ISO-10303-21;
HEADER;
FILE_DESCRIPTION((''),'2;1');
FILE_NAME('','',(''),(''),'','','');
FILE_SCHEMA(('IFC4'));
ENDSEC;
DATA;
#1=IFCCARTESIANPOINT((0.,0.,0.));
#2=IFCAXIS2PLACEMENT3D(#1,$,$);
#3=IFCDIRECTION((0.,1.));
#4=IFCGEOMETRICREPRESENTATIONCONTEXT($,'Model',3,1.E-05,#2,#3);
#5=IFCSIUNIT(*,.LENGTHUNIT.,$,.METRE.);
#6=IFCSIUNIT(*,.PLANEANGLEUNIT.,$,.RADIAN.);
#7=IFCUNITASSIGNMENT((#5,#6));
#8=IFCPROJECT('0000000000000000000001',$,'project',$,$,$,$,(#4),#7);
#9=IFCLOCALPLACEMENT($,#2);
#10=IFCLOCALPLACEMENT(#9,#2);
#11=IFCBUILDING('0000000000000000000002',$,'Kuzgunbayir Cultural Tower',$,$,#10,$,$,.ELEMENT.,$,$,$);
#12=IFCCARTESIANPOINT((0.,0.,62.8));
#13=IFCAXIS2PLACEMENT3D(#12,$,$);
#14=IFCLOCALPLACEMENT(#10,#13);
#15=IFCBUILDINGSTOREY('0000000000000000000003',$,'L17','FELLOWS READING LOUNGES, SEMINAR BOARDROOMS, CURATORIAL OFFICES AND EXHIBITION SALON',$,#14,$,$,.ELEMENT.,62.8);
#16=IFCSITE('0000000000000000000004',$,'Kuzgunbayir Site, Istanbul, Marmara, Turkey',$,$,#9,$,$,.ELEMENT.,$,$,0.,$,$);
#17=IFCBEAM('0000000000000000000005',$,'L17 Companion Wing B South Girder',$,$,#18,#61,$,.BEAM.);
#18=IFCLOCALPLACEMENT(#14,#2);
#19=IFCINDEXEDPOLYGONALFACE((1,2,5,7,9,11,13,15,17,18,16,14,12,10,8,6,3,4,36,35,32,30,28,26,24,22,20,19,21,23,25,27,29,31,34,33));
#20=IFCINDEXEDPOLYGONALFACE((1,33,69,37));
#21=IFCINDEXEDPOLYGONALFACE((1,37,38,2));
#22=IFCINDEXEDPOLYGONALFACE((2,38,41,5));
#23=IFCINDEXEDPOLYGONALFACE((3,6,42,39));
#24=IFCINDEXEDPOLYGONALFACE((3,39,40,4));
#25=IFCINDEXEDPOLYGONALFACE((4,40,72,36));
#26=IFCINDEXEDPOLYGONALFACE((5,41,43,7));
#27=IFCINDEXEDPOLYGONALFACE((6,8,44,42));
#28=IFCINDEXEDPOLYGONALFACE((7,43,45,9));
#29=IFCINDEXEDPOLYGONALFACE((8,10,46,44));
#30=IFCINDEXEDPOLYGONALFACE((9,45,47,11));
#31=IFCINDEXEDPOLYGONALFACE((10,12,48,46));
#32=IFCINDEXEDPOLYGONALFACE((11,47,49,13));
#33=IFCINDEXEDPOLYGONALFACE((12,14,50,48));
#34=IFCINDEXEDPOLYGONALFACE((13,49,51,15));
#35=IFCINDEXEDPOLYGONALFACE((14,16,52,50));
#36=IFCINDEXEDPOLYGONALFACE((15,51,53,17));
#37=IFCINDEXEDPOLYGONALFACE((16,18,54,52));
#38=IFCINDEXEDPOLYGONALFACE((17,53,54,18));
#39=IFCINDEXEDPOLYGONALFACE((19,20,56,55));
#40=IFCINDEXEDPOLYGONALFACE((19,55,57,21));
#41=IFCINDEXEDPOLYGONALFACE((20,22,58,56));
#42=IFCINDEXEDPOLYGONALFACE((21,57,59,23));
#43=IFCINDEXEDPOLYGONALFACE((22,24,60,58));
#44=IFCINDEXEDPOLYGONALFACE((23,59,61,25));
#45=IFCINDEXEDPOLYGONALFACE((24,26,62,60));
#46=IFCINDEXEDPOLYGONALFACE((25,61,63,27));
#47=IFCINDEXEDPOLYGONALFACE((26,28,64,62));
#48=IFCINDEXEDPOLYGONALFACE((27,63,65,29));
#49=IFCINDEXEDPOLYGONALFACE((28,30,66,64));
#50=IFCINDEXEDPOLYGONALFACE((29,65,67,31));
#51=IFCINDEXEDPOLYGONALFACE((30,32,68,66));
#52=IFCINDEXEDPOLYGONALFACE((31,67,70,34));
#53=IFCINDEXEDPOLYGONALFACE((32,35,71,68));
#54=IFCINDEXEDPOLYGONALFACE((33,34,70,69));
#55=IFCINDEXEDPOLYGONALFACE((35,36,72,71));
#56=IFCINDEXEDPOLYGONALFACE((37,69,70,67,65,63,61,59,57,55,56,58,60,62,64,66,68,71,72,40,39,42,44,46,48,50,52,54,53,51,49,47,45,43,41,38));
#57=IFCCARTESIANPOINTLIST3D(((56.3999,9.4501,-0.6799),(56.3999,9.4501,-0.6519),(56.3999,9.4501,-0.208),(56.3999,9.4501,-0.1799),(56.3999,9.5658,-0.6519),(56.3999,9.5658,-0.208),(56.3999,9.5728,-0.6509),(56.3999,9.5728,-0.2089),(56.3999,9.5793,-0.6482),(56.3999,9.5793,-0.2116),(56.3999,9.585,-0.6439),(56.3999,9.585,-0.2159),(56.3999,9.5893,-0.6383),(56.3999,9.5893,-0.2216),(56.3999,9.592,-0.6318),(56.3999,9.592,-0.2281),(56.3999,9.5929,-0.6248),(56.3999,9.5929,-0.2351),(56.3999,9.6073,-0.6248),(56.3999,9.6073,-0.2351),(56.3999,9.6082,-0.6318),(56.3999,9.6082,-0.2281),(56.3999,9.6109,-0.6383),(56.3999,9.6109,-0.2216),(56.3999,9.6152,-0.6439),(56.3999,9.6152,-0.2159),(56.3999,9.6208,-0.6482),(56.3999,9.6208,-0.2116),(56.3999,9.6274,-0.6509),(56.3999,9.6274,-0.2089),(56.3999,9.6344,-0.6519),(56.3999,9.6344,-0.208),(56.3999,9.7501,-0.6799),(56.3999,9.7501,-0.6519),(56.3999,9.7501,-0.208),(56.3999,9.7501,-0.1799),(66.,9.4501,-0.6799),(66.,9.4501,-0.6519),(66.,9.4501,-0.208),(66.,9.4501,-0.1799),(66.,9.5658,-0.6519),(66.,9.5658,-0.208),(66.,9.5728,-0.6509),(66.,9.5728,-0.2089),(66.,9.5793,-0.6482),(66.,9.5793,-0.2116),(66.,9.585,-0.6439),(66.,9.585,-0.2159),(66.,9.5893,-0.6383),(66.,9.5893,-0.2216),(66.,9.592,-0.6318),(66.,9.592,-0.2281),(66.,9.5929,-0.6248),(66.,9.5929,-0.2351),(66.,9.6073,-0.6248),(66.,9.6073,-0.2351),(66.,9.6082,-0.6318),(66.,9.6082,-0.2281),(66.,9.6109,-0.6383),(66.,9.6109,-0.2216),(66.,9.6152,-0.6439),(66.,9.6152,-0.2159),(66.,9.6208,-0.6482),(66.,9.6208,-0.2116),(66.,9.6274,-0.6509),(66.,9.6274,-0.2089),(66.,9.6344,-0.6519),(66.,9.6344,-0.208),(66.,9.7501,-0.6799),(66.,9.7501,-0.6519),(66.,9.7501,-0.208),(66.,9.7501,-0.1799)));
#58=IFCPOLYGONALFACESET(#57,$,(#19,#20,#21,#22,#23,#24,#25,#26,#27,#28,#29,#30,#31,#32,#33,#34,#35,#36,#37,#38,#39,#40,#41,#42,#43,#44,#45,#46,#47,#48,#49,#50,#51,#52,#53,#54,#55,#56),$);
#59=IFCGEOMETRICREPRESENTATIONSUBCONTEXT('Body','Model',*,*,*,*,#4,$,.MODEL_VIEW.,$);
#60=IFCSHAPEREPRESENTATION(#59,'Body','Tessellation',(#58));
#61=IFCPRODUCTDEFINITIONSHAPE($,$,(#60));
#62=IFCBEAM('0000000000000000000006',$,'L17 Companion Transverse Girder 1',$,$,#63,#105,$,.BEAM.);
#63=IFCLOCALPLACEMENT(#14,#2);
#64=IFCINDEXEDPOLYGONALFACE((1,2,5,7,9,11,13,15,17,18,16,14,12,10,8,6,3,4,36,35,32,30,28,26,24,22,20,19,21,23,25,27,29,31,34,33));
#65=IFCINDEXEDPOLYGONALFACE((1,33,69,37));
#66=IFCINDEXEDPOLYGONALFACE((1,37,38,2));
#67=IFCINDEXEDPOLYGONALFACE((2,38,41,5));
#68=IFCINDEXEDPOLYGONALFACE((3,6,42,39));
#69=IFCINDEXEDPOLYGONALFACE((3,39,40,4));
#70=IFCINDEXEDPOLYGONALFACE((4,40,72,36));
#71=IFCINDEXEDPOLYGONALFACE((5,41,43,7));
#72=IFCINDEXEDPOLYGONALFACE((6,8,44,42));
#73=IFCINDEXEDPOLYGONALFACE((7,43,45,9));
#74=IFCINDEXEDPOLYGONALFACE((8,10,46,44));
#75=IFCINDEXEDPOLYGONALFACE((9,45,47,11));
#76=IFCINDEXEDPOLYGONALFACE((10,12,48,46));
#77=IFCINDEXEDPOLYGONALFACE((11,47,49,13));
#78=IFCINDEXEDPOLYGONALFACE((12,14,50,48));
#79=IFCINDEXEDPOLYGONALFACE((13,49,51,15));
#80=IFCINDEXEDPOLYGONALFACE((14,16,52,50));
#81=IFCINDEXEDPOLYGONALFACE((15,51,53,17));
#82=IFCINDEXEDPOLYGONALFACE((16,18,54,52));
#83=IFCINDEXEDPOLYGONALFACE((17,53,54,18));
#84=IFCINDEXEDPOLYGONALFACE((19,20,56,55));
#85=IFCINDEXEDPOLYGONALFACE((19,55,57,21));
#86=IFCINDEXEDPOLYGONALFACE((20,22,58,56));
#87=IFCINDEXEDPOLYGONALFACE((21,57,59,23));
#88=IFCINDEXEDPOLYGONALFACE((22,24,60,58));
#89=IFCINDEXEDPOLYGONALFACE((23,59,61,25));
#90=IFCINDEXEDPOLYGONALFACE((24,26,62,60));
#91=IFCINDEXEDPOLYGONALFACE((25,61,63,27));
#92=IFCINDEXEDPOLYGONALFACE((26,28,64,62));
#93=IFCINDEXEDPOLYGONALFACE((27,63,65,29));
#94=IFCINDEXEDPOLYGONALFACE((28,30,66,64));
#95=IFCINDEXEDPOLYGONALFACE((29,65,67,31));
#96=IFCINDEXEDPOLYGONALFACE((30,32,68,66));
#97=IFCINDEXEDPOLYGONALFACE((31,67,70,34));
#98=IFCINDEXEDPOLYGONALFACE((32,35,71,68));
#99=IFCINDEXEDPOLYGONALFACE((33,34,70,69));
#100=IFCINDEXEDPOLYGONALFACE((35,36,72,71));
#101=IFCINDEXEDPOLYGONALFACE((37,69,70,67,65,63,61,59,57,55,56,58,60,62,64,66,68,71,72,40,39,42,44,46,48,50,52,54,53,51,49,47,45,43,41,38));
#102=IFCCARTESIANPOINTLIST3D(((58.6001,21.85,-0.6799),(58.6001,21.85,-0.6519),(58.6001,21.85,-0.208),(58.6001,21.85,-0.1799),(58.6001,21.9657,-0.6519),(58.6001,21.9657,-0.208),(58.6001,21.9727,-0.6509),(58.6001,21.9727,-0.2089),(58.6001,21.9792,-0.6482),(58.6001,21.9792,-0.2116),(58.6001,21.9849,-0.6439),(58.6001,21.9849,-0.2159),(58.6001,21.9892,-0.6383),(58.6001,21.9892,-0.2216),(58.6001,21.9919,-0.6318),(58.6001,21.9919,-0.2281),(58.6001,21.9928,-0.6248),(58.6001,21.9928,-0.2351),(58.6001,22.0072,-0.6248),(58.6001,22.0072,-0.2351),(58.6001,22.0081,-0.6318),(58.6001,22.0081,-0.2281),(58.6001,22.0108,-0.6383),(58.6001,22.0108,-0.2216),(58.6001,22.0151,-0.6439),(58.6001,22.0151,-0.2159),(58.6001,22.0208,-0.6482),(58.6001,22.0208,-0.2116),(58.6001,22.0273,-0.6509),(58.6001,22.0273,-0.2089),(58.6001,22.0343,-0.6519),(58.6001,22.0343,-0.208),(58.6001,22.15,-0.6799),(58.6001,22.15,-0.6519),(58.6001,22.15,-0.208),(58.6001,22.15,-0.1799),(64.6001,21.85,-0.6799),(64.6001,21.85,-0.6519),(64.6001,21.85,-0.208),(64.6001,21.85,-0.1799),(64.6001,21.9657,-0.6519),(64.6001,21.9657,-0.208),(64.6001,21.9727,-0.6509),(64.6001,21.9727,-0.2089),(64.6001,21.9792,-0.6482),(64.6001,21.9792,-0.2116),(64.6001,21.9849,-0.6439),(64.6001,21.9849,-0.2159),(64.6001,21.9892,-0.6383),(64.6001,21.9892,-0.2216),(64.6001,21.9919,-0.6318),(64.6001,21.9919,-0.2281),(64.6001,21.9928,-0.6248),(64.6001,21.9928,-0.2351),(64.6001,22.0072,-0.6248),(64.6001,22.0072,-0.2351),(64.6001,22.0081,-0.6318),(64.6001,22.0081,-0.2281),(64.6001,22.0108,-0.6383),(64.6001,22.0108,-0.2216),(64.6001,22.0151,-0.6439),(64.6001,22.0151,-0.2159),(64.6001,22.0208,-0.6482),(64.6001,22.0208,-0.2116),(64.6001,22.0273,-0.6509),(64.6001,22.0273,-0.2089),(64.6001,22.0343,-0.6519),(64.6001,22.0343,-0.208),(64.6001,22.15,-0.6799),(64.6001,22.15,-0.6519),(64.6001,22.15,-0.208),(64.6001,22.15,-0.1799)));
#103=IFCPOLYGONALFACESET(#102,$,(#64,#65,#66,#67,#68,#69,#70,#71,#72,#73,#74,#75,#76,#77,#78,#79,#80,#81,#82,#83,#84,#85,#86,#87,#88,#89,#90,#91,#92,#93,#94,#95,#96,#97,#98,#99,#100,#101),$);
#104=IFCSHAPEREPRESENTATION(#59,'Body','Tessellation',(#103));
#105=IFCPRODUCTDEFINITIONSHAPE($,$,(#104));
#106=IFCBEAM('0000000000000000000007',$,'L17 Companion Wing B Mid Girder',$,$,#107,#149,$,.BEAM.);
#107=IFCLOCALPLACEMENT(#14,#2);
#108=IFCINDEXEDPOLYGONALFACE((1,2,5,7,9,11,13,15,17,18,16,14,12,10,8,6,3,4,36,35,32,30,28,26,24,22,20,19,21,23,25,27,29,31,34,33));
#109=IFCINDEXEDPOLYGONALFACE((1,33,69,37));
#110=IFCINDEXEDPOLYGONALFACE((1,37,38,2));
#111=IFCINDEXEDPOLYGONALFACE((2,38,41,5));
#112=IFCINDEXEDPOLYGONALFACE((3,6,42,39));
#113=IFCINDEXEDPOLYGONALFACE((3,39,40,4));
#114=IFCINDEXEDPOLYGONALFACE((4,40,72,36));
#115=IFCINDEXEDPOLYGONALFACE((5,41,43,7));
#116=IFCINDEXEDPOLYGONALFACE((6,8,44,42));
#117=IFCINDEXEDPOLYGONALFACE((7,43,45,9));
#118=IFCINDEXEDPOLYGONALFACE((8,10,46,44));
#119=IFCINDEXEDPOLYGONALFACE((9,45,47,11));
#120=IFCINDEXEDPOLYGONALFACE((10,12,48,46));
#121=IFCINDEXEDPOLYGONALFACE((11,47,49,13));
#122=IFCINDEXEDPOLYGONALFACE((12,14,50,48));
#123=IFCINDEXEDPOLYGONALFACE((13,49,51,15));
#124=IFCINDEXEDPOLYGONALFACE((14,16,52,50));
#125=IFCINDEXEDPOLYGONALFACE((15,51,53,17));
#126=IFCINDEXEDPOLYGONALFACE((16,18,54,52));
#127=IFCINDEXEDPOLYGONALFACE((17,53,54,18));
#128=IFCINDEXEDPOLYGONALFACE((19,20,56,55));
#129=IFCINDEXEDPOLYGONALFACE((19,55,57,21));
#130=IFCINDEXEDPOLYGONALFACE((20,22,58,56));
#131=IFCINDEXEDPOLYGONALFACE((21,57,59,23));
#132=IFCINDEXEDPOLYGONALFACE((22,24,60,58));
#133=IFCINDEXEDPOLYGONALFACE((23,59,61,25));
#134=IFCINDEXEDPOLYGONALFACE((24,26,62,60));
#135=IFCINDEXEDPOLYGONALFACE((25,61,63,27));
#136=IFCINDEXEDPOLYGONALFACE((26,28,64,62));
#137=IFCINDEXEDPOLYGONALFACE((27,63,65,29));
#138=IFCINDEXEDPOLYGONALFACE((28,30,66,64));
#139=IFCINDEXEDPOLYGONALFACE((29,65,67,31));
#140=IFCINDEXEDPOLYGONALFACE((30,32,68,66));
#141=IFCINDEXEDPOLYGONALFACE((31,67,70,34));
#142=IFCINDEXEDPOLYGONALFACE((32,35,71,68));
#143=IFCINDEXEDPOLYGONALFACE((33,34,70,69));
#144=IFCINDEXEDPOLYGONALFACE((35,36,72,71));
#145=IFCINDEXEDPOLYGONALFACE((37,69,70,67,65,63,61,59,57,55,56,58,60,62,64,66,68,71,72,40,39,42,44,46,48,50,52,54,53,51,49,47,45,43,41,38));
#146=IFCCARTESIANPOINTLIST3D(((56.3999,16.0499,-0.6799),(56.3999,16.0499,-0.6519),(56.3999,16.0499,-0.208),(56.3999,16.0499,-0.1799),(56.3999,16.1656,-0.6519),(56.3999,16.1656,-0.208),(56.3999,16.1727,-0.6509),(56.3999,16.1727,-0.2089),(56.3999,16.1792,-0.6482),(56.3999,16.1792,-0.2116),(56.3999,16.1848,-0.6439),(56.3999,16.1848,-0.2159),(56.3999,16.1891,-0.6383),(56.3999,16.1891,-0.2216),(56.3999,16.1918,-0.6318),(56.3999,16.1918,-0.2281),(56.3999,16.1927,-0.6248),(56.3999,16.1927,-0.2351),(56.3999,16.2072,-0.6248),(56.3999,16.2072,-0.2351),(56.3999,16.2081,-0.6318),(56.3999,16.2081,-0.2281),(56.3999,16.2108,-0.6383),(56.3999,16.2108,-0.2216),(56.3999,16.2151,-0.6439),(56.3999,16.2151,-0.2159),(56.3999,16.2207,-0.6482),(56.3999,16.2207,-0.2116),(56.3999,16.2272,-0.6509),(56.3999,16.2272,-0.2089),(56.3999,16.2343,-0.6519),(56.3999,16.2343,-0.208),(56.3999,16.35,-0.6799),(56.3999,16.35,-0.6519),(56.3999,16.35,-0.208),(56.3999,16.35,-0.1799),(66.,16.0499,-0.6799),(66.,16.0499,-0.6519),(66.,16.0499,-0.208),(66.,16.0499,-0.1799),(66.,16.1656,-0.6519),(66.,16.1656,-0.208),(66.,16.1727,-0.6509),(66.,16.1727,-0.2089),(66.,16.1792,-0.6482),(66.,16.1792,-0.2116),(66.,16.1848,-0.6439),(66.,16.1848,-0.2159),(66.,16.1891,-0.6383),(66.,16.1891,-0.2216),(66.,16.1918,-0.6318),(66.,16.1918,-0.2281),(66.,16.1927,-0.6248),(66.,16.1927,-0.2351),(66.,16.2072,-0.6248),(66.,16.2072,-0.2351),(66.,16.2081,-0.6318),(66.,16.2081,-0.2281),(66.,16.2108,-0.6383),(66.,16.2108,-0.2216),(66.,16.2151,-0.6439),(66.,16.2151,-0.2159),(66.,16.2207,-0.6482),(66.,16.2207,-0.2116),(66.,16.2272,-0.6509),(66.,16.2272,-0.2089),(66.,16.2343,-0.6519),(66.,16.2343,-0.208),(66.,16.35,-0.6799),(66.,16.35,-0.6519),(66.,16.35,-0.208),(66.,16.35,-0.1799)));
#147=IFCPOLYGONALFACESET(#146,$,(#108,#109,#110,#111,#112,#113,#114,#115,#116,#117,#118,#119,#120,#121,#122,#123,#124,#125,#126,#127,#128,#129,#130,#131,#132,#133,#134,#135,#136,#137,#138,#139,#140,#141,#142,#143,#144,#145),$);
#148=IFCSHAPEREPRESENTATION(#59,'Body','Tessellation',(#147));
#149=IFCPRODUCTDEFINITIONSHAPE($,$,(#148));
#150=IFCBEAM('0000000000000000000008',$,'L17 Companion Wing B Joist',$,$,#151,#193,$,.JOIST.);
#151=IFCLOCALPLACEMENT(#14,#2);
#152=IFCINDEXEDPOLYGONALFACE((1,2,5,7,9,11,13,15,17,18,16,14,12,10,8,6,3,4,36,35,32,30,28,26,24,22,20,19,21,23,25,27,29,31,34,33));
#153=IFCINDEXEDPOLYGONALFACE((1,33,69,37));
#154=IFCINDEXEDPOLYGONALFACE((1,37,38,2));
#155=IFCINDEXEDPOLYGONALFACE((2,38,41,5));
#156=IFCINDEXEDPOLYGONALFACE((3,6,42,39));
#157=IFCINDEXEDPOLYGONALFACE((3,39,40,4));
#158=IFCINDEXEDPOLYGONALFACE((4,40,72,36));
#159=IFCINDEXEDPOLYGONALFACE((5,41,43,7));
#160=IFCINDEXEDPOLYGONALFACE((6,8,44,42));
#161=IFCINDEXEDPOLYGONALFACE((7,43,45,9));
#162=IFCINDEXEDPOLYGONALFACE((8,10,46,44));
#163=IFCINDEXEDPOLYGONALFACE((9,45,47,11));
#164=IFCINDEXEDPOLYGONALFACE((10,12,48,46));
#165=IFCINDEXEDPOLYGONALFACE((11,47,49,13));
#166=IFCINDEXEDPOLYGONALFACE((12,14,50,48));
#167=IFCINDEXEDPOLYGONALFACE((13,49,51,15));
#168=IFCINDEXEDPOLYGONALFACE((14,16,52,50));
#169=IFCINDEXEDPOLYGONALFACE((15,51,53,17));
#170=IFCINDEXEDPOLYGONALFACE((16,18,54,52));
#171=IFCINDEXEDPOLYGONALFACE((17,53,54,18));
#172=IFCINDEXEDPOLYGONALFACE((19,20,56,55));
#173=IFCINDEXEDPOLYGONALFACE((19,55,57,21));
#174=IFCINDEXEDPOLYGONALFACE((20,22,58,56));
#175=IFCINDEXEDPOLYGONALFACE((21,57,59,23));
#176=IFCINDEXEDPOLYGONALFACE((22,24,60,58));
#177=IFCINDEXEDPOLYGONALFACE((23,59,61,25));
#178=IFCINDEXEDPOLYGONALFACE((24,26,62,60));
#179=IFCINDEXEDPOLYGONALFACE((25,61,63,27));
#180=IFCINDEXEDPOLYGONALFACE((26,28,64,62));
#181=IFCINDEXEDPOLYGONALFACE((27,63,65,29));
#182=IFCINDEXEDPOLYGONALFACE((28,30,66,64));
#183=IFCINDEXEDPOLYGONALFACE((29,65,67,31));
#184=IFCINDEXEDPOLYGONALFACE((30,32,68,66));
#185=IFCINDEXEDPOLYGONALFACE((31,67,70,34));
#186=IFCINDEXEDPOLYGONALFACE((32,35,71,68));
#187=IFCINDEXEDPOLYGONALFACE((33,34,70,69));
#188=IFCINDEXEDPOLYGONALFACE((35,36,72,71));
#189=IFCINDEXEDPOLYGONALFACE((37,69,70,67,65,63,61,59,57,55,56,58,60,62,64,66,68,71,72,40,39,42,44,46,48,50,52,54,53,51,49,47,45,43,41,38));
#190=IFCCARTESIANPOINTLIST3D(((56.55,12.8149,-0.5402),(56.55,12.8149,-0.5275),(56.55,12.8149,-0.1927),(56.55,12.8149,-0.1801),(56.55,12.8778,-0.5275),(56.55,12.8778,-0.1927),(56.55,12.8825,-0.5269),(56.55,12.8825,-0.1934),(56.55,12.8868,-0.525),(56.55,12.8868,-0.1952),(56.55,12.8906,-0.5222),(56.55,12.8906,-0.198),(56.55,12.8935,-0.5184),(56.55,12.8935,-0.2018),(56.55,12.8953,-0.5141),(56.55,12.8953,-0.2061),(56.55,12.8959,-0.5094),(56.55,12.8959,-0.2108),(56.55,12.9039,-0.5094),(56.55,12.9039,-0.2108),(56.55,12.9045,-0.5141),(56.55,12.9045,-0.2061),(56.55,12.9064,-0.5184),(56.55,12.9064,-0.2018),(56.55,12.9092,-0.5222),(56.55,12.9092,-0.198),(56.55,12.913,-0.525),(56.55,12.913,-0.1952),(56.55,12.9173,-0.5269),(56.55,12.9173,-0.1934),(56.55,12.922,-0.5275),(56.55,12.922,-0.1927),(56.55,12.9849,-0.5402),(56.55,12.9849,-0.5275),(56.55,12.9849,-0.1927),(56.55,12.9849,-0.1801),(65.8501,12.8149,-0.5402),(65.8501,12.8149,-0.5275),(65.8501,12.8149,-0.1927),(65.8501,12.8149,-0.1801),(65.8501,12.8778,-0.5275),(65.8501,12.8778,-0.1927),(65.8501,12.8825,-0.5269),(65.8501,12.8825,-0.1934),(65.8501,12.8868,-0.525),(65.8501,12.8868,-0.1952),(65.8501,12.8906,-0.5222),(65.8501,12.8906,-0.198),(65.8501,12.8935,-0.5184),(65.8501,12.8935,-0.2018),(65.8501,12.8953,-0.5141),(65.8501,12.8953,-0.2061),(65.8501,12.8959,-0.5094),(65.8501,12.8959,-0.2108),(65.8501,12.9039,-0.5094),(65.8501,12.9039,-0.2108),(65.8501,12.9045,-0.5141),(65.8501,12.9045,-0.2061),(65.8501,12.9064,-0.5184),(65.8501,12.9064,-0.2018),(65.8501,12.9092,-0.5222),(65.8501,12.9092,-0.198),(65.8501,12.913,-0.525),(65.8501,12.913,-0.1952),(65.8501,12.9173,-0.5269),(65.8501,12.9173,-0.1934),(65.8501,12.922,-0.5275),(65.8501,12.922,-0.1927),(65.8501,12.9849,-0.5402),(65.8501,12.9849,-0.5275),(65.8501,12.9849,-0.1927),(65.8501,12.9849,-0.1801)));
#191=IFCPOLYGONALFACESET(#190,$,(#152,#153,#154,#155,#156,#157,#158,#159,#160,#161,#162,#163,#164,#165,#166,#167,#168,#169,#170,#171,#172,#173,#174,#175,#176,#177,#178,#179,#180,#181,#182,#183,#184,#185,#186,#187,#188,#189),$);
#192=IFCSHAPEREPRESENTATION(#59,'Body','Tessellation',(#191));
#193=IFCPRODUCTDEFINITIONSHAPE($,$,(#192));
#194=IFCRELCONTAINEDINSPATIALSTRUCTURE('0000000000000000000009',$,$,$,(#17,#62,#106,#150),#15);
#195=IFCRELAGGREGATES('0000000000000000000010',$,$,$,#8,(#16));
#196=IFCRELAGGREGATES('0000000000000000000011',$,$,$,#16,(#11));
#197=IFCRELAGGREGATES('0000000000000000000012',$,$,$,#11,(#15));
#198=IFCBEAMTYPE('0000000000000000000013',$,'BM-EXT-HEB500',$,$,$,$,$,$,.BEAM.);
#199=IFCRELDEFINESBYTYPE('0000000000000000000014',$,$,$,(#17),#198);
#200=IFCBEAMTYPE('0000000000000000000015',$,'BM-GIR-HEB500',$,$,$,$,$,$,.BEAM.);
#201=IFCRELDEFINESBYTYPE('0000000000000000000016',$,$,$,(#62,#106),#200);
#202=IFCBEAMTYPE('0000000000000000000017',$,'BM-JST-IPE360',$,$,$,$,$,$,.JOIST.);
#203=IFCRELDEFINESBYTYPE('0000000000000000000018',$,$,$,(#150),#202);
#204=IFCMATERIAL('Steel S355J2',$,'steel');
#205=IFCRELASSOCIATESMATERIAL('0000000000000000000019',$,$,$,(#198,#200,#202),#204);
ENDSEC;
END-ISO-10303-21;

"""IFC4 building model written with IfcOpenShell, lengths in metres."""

from ifc_helpers import new_model, si_unit, direction, frame, origin, origin_2d, place, context, subcontext, project, spatial, i_section, extrude, material, material_profile, profile_set, type_object, element, save


model = new_model("IFC4")

# Units and contexts
model_context = context("Model", 3, precision=1e-05, world=origin(), true_north=direction((0.0, 1.0)))
body_context = subcontext(model_context, "Body", "Model", "MODEL_VIEW")
ifc_project = project(units=[si_unit("LENGTHUNIT", "METRE"), si_unit("PLANEANGLEUNIT", "RADIAN")], contexts=[model_context])

# Site, building, storey
site_placement = place(None, origin())
site = spatial("IfcSite", under=ifc_project, at=site_placement, Name="Kuzgunbayir Site, Istanbul, Marmara, Turkey", CompositionType="ELEMENT", RefElevation=0.0)
building_placement = place(site_placement, origin())
building = spatial("IfcBuilding", under=site, at=building_placement, Name="Kuzgunbayir Cultural Tower", CompositionType="ELEMENT")
storey_placement = place(building_placement, frame((0.0, 0.0, 62.8)))
storey = spatial("IfcBuildingStorey", under=building, at=storey_placement, Name="L17", Description="FELLOWS READING LOUNGES, SEMINAR BOARDROOMS, CURATORIAL OFFICES AND EXHIBITION SALON", CompositionType="ELEMENT", Elevation=62.8)

# Beams
ifc_material_1 = material(Name="Steel S355J2", Category="steel")
ifc_material_profile_1 = material_profile(ifc_material_1, i_section(OverallWidth=0.3, OverallDepth=0.5, WebThickness=0.0144, FlangeThickness=0.0281, FilletRadius=0.0271, at=origin_2d()), Name="HEB 500")
ifc_profile_set_1 = profile_set([ifc_material_profile_1], Name="Steel S355J2")
beam_type_1 = type_object("IfcBeamType", Name="BM-EXT-HEB500", PredefinedType="BEAM", material=ifc_profile_set_1)
beam_1_placement = place(storey_placement, frame((56.3999, 9.6001, -0.4299), z_axis=(1.0, 0.0, 0.0), x_axis=(0.0, 1.0, 0.0)))
element("IfcBeam", 1, at=beam_1_placement, inside=storey, type_object=beam_type_1, Name="L17 Companion Wing B South Girder", PredefinedType="BEAM", context=body_context, shape_type="SweptSolid", body=[
    extrude(i_section(OverallWidth=0.3, OverallDepth=0.5, WebThickness=0.0144, FlangeThickness=0.0281, FilletRadius=0.0271, at=origin_2d()), origin(), (0.0, 0.0, 1.0), 9.6001),
])
ifc_material_profile_2 = material_profile(ifc_material_1, i_section(OverallWidth=0.3, OverallDepth=0.5, WebThickness=0.0144, FlangeThickness=0.0281, FilletRadius=0.0271, at=origin_2d()), Name="HEB 500")
ifc_profile_set_2 = profile_set([ifc_material_profile_2], Name="Steel S355J2")
beam_type_2 = type_object("IfcBeamType", Name="BM-GIR-HEB500", PredefinedType="BEAM", material=ifc_profile_set_2)
beam_2_placement = place(storey_placement, frame((58.6001, 22.0, -0.4299), z_axis=(1.0, 0.0, 0.0), x_axis=(0.0, 1.0, 0.0)))
element("IfcBeam", 2, at=beam_2_placement, inside=storey, type_object=beam_type_2, Name="L17 Companion Transverse Girder 1", PredefinedType="BEAM", context=body_context, shape_type="SweptSolid", body=[
    extrude(i_section(OverallWidth=0.3, OverallDepth=0.5, WebThickness=0.0144, FlangeThickness=0.0281, FilletRadius=0.0271, at=origin_2d()), origin(), (0.0, 0.0, 1.0), 6.0),
])
beam_3_placement = place(storey_placement, frame((56.3999, 16.2, -0.4299), z_axis=(1.0, 0.0, 0.0), x_axis=(0.0, 1.0, 0.0)))
element("IfcBeam", 3, at=beam_3_placement, inside=storey, type_object=beam_type_2, Name="L17 Companion Wing B Mid Girder", PredefinedType="BEAM", context=body_context, shape_type="SweptSolid", body=[
    extrude(i_section(OverallWidth=0.3, OverallDepth=0.5, WebThickness=0.0144, FlangeThickness=0.0281, FilletRadius=0.0271, at=origin_2d()), origin(), (0.0, 0.0, 1.0), 9.6001),
])
ifc_material_profile_3 = material_profile(ifc_material_1, i_section(OverallWidth=0.1699, OverallDepth=0.3601, WebThickness=0.0081, FlangeThickness=0.0127, FilletRadius=0.0181, at=origin_2d()), Name="IPE 360")
ifc_profile_set_3 = profile_set([ifc_material_profile_3], Name="Steel S355J2")
beam_type_3 = type_object("IfcBeamType", Name="BM-JST-IPE360", PredefinedType="JOIST", material=ifc_profile_set_3)
beam_4_placement = place(storey_placement, frame((56.55, 12.8999, -0.3601), z_axis=(1.0, 0.0, 0.0), x_axis=(0.0, 1.0, 0.0)))
element("IfcBeam", 4, at=beam_4_placement, inside=storey, type_object=beam_type_3, Name="L17 Companion Wing B Joist", PredefinedType="JOIST", context=body_context, shape_type="SweptSolid", body=[
    extrude(i_section(OverallWidth=0.1699, OverallDepth=0.3601, WebThickness=0.0081, FlangeThickness=0.0127, FilletRadius=0.0181, at=origin_2d()), origin(), (0.0, 0.0, 1.0), 9.3),
])

save(model, "model.ifc")
